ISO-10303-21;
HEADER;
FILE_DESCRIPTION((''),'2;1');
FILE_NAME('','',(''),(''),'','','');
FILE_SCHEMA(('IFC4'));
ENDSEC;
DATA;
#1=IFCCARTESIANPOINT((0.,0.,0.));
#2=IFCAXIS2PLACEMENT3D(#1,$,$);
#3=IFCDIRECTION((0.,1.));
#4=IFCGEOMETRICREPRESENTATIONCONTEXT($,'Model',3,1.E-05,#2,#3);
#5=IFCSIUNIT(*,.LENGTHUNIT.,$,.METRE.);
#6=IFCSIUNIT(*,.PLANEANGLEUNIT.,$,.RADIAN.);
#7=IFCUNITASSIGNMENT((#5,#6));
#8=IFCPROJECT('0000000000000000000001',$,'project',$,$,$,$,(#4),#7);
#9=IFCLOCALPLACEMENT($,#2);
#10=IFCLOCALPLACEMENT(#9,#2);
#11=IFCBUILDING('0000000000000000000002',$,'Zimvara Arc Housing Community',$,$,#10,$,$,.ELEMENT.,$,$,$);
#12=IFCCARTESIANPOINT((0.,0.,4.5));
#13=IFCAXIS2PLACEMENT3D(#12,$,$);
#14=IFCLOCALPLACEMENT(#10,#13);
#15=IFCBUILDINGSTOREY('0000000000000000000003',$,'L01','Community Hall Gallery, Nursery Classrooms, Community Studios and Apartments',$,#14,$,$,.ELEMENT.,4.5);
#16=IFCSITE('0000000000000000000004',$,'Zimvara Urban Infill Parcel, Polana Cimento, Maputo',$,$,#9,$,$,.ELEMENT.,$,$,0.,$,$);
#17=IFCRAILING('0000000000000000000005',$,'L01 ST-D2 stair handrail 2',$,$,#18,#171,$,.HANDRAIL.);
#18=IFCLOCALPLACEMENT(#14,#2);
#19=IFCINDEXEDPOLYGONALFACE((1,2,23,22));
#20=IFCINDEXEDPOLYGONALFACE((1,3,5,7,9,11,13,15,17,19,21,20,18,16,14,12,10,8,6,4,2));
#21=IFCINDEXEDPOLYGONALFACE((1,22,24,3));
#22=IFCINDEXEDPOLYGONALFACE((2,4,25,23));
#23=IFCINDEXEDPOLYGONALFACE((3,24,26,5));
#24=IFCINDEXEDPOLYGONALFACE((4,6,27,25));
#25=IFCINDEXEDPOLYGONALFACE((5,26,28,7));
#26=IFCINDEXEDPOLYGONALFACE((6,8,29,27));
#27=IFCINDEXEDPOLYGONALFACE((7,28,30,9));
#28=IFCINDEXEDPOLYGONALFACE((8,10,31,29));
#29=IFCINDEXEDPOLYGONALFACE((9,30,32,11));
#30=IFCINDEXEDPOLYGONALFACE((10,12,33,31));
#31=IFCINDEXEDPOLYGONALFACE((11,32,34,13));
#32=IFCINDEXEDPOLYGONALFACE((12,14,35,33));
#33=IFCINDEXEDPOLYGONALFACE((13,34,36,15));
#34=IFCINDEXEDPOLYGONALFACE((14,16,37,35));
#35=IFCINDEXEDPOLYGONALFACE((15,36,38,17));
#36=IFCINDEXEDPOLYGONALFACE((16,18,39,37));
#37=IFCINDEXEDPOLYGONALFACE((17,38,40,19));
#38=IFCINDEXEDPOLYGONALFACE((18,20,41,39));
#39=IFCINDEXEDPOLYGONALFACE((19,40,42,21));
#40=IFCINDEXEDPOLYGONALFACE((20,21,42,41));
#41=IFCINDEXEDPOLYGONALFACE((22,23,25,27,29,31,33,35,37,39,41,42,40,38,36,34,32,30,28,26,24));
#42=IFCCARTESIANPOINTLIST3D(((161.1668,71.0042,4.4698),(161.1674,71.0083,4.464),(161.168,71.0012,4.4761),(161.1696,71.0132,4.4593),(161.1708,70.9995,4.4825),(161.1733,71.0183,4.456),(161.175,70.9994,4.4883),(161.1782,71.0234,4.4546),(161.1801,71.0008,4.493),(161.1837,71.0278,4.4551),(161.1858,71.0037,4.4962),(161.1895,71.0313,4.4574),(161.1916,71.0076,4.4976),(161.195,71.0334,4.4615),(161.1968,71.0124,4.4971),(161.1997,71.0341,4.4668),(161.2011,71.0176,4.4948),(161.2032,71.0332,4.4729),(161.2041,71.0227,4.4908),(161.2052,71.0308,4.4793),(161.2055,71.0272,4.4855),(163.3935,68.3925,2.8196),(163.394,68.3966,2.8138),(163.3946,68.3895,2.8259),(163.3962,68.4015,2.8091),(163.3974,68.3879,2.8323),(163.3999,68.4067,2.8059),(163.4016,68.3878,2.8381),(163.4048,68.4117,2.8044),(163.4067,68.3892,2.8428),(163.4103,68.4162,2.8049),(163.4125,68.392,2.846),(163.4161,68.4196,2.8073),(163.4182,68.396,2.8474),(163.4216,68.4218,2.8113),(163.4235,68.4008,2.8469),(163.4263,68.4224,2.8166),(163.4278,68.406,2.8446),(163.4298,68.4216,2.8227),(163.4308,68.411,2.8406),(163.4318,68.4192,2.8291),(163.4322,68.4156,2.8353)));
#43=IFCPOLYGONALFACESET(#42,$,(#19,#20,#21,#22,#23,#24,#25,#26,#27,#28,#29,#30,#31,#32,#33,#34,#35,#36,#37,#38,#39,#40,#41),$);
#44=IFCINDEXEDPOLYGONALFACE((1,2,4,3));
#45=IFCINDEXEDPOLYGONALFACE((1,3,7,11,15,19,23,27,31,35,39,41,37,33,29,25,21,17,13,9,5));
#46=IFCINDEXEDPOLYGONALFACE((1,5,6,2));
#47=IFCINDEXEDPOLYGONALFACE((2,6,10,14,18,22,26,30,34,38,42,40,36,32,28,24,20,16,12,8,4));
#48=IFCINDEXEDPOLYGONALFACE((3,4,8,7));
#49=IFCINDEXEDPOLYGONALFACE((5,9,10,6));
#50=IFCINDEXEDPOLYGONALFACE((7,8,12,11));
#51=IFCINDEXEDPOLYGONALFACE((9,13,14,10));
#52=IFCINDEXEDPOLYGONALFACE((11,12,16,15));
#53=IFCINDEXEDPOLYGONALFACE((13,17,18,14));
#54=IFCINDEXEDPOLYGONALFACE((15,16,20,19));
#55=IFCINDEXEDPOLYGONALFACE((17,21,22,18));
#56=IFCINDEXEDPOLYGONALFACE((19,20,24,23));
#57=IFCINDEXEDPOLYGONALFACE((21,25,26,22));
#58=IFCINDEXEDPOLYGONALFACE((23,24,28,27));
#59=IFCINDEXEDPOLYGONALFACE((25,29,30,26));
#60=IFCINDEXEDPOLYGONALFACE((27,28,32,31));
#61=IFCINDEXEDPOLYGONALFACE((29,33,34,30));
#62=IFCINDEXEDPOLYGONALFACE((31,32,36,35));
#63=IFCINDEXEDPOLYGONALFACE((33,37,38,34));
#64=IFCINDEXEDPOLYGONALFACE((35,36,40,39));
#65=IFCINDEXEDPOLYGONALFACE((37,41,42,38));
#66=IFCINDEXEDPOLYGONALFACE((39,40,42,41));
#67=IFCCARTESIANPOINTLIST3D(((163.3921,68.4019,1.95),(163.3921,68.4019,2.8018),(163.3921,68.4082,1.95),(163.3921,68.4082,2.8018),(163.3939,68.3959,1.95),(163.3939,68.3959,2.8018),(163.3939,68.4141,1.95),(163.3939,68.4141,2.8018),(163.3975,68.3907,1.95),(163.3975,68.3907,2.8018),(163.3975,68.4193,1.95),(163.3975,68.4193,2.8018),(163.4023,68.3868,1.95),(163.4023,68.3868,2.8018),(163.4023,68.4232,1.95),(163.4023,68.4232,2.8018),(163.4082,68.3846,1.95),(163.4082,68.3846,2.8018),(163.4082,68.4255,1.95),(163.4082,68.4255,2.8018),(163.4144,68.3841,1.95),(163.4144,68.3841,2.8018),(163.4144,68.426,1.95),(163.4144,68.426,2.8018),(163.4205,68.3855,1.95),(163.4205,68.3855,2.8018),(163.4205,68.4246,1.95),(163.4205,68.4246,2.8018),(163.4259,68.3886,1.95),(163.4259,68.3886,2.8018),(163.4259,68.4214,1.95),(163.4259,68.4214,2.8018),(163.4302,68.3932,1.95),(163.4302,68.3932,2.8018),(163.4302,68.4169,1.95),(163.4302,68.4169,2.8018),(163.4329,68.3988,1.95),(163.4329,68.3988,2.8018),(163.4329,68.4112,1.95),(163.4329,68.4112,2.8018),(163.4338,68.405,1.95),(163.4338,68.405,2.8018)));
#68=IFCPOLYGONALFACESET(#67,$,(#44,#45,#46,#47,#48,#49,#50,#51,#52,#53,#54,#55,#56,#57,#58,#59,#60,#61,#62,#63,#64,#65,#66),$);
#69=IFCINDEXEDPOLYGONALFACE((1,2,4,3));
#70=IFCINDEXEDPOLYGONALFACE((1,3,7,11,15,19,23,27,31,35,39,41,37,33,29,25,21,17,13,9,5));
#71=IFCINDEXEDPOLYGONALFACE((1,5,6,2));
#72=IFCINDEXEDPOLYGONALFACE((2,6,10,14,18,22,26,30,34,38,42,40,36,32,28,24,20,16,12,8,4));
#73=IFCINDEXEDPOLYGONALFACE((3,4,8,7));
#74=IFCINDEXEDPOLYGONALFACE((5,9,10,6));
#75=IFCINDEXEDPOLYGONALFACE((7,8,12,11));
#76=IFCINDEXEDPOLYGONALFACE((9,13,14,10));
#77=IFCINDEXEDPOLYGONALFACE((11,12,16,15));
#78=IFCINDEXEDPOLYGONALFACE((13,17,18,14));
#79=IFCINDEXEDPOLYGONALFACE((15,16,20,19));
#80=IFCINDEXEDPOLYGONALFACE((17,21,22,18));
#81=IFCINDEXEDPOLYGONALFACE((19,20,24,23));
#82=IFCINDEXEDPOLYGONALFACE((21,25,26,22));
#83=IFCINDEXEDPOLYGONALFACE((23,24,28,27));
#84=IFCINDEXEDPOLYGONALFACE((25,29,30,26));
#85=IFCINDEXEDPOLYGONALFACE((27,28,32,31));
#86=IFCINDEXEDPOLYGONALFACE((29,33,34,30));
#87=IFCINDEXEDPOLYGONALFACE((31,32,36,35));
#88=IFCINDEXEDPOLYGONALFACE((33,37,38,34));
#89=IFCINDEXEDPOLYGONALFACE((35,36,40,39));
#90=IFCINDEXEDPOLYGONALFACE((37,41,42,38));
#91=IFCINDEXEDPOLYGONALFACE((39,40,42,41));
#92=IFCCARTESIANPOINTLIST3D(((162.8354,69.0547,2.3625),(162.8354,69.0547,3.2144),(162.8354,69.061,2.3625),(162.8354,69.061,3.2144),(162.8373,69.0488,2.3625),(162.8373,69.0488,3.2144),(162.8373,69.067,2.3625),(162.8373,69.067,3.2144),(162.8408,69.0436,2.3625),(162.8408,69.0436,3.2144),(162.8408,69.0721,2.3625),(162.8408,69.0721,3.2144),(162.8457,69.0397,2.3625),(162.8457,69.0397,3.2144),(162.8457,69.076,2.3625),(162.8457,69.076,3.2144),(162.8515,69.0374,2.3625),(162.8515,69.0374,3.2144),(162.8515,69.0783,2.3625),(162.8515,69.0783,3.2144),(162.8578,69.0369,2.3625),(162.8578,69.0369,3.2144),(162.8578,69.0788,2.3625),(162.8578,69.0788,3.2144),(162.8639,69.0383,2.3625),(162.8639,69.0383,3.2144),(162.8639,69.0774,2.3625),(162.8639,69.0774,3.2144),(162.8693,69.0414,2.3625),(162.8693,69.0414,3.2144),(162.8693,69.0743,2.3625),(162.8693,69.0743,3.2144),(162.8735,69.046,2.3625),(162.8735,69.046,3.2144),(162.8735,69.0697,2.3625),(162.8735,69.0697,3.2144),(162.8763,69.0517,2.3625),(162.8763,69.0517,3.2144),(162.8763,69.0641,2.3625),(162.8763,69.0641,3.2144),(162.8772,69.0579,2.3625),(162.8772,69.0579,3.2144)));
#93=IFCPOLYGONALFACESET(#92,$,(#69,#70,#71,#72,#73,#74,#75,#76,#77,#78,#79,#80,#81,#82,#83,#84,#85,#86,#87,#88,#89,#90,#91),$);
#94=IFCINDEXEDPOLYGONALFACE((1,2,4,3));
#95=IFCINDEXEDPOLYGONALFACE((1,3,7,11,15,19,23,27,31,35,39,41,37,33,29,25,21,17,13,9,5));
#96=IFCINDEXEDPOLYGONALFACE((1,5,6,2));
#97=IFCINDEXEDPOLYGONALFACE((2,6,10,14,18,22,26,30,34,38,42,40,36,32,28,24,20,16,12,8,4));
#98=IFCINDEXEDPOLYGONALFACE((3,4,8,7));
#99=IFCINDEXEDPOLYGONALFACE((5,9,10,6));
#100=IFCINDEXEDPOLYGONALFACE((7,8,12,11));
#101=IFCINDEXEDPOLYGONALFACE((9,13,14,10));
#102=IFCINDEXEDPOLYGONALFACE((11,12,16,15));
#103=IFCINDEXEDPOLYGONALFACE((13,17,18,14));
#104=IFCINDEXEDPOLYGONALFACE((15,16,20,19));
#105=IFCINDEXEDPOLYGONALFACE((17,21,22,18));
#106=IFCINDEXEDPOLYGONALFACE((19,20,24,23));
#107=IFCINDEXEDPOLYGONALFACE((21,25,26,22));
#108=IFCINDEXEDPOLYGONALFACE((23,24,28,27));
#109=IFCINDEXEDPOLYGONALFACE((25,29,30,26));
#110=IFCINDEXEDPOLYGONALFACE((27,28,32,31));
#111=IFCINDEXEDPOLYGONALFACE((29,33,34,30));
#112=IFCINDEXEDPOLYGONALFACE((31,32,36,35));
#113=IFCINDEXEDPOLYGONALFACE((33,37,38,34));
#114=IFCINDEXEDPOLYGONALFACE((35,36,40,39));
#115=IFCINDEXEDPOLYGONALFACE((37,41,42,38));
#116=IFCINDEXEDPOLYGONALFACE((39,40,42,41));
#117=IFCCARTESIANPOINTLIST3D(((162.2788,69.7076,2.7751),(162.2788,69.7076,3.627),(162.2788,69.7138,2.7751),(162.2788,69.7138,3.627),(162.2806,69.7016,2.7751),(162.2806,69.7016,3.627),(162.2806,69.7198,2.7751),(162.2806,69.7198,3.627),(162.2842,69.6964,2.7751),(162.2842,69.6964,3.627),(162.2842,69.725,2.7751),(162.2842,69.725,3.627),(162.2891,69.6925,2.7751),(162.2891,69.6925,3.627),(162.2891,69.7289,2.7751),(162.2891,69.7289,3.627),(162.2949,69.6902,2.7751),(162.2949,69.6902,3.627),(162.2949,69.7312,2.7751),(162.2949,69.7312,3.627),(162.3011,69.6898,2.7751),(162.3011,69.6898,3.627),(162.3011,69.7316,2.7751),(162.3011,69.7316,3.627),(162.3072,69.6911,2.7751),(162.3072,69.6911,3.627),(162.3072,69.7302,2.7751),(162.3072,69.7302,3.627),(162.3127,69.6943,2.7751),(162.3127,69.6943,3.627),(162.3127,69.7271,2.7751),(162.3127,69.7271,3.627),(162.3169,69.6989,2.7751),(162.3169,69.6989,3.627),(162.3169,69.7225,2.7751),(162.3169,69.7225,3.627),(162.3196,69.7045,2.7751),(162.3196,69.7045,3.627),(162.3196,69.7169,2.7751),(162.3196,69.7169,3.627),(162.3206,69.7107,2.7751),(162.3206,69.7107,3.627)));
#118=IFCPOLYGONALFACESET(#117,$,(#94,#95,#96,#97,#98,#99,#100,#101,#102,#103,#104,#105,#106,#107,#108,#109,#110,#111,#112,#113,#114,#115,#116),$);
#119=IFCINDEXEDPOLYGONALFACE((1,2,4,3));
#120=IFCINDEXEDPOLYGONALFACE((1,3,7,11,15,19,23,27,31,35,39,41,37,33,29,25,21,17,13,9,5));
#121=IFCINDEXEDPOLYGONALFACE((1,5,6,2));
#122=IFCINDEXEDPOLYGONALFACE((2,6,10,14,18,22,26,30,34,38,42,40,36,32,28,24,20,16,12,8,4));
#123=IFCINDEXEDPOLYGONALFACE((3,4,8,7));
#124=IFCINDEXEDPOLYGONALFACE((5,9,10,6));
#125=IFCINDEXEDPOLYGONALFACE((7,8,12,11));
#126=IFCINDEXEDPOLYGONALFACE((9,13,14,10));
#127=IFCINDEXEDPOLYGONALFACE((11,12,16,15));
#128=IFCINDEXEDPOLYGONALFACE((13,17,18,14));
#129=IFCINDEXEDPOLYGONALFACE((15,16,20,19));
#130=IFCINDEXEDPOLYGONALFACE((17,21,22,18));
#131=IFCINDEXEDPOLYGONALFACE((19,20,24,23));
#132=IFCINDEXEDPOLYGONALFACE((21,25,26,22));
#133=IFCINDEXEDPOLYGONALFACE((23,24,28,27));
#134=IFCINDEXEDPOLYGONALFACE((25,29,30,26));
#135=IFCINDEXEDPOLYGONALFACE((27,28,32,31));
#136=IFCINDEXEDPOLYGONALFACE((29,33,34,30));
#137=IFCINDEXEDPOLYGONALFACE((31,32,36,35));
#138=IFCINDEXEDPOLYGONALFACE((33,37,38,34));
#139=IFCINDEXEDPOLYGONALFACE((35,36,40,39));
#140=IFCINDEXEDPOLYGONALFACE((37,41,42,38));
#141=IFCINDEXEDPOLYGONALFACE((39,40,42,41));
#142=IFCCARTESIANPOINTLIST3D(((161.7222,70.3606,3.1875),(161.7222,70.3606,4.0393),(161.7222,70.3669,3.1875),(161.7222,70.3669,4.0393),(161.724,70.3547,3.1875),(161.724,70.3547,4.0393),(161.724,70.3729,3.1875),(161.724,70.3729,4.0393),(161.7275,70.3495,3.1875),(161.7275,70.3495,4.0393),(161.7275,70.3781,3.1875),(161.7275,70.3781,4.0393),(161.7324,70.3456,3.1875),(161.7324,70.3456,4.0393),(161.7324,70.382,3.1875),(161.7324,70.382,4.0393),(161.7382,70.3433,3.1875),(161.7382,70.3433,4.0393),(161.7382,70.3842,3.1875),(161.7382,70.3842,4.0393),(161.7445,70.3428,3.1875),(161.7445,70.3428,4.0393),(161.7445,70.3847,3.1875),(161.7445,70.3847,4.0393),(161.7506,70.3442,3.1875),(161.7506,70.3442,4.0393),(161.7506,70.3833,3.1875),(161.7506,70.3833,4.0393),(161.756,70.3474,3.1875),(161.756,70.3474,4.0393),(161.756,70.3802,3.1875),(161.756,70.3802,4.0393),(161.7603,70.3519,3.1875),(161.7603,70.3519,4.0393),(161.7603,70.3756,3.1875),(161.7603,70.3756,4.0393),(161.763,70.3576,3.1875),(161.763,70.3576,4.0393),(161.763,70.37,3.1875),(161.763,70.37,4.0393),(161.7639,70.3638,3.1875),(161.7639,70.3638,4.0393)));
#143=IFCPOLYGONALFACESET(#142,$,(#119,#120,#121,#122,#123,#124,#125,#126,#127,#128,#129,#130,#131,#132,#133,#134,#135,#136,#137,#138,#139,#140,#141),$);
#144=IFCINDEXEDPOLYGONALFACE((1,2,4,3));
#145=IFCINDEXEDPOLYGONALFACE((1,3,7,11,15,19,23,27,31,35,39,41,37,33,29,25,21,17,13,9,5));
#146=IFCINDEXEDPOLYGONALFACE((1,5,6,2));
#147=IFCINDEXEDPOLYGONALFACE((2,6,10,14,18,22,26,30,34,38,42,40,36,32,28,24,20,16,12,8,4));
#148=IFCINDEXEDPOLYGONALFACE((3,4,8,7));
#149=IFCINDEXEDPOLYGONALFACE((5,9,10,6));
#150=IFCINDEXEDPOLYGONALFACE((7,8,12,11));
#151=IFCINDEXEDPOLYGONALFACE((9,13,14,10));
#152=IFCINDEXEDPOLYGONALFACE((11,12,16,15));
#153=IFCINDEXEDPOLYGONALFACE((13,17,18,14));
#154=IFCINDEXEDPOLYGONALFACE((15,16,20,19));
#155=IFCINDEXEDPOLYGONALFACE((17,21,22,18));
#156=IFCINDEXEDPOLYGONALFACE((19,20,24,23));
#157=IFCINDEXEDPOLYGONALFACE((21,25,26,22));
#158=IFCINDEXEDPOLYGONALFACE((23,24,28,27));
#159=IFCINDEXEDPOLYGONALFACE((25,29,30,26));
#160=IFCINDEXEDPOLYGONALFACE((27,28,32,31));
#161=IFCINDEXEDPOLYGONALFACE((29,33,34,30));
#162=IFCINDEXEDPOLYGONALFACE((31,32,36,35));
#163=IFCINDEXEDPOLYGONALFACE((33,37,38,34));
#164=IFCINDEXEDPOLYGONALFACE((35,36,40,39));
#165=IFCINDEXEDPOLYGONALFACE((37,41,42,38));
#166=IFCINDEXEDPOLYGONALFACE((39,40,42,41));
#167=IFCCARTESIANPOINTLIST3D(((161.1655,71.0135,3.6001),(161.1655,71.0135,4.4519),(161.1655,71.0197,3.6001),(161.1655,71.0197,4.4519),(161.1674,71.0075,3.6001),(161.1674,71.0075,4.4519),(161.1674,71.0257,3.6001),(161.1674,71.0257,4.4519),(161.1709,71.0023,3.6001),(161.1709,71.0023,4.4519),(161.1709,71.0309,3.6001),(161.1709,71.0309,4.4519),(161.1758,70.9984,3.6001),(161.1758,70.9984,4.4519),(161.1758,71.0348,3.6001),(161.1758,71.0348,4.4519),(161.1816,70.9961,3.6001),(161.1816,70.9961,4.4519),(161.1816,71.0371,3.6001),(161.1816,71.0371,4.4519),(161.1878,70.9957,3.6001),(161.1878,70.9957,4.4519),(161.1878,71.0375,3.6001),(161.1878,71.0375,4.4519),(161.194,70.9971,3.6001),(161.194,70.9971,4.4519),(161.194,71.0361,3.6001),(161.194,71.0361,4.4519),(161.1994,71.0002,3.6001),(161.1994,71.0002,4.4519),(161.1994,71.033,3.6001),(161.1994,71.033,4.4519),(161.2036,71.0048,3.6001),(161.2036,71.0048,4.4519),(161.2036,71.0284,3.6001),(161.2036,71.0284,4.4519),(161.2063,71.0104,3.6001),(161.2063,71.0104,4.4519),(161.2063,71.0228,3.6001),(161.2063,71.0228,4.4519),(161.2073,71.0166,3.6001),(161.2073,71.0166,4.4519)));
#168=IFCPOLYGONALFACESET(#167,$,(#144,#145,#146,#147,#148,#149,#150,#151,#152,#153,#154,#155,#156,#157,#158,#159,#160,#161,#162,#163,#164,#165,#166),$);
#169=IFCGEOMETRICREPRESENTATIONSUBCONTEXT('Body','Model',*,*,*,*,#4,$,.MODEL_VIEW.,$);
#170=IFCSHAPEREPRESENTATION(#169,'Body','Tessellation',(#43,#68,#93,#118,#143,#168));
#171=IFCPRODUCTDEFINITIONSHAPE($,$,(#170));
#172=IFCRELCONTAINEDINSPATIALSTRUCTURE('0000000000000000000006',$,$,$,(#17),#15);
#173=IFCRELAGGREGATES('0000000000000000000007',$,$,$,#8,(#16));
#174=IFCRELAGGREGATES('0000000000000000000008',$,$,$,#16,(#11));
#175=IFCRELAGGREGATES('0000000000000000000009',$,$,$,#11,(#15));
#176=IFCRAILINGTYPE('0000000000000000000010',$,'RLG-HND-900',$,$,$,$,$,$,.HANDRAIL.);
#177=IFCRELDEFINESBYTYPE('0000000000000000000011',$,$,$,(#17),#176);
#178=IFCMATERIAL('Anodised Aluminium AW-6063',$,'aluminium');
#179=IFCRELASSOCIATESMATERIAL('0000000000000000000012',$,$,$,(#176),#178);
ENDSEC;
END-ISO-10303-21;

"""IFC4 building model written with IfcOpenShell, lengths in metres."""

from ifc_helpers import new_model, si_unit, direction, frame, origin, origin_2d, place, context, subcontext, project, spatial, circle, extrude, material, type_object, element, save


model = new_model("IFC4")

# Units and contexts
model_context = context("Model", 3, precision=1e-05, world=origin(), true_north=direction((0.0, 1.0)))
body_context = subcontext(model_context, "Body", "Model", "MODEL_VIEW")
ifc_project = project(units=[si_unit("LENGTHUNIT", "METRE"), si_unit("PLANEANGLEUNIT", "RADIAN")], contexts=[model_context])

# Site, building, storey
site_placement = place(None, origin())
site = spatial("IfcSite", under=ifc_project, at=site_placement, Name="Zimvara Urban Infill Parcel, Polana Cimento, Maputo", CompositionType="ELEMENT", RefElevation=0.0)
building_placement = place(site_placement, origin())
building = spatial("IfcBuilding", under=site, at=building_placement, Name="Zimvara Arc Housing Community", CompositionType="ELEMENT")
storey_placement = place(building_placement, frame((0.0, 0.0, 4.5)))
storey = spatial("IfcBuildingStorey", under=building, at=storey_placement, Name="L01", Description="Community Hall Gallery, Nursery Classrooms, Community Studios and Apartments", CompositionType="ELEMENT", Elevation=4.5)

# Railing
ifc_material_1 = material(Name="Anodised Aluminium AW-6063", Category="aluminium")
railing_type_1 = type_object("IfcRailingType", Name="RLG-HND-900", PredefinedType="HANDRAIL", material=ifc_material_1)
railing_1_placement = place(storey_placement, frame((163.4128, 68.405, 1.95)))
element("IfcRailing", 1, at=railing_1_placement, inside=storey, type_object=railing_type_1, Name="L01 ST-D2 stair handrail 2", PredefinedType="HANDRAIL", context=body_context, shape_type="SweptSolid", body=[
    extrude(circle(Radius=0.0239, at=origin_2d()), frame((0.0, 0.0, 0.876), z_axis=(-0.584706, 0.685812, 0.433337), x_axis=(-0.760971, -0.648786, 0.0)), (0.0, 0.0, 1.0), 3.8081),
    extrude(circle(Radius=0.021, at=origin_2d()), origin(), (0.0, 0.0, 1.0), 0.8518),
    extrude(circle(Radius=0.021, at=origin_2d()), frame((-0.5566, 0.6528, 0.4126)), (0.0, 0.0, 1.0), 0.8518),
    extrude(circle(Radius=0.021, at=origin_2d()), frame((-1.1133, 1.3057, 0.8252)), (0.0, 0.0, 1.0), 0.8518),
    extrude(circle(Radius=0.021, at=origin_2d()), frame((-1.6699, 1.9587, 1.2375)), (0.0, 0.0, 1.0), 0.8518),
    extrude(circle(Radius=0.021, at=origin_2d()), frame((-2.2266, 2.6116, 1.6501)), (0.0, 0.0, 1.0), 0.8518),
])

save(model, "model.ifc")
